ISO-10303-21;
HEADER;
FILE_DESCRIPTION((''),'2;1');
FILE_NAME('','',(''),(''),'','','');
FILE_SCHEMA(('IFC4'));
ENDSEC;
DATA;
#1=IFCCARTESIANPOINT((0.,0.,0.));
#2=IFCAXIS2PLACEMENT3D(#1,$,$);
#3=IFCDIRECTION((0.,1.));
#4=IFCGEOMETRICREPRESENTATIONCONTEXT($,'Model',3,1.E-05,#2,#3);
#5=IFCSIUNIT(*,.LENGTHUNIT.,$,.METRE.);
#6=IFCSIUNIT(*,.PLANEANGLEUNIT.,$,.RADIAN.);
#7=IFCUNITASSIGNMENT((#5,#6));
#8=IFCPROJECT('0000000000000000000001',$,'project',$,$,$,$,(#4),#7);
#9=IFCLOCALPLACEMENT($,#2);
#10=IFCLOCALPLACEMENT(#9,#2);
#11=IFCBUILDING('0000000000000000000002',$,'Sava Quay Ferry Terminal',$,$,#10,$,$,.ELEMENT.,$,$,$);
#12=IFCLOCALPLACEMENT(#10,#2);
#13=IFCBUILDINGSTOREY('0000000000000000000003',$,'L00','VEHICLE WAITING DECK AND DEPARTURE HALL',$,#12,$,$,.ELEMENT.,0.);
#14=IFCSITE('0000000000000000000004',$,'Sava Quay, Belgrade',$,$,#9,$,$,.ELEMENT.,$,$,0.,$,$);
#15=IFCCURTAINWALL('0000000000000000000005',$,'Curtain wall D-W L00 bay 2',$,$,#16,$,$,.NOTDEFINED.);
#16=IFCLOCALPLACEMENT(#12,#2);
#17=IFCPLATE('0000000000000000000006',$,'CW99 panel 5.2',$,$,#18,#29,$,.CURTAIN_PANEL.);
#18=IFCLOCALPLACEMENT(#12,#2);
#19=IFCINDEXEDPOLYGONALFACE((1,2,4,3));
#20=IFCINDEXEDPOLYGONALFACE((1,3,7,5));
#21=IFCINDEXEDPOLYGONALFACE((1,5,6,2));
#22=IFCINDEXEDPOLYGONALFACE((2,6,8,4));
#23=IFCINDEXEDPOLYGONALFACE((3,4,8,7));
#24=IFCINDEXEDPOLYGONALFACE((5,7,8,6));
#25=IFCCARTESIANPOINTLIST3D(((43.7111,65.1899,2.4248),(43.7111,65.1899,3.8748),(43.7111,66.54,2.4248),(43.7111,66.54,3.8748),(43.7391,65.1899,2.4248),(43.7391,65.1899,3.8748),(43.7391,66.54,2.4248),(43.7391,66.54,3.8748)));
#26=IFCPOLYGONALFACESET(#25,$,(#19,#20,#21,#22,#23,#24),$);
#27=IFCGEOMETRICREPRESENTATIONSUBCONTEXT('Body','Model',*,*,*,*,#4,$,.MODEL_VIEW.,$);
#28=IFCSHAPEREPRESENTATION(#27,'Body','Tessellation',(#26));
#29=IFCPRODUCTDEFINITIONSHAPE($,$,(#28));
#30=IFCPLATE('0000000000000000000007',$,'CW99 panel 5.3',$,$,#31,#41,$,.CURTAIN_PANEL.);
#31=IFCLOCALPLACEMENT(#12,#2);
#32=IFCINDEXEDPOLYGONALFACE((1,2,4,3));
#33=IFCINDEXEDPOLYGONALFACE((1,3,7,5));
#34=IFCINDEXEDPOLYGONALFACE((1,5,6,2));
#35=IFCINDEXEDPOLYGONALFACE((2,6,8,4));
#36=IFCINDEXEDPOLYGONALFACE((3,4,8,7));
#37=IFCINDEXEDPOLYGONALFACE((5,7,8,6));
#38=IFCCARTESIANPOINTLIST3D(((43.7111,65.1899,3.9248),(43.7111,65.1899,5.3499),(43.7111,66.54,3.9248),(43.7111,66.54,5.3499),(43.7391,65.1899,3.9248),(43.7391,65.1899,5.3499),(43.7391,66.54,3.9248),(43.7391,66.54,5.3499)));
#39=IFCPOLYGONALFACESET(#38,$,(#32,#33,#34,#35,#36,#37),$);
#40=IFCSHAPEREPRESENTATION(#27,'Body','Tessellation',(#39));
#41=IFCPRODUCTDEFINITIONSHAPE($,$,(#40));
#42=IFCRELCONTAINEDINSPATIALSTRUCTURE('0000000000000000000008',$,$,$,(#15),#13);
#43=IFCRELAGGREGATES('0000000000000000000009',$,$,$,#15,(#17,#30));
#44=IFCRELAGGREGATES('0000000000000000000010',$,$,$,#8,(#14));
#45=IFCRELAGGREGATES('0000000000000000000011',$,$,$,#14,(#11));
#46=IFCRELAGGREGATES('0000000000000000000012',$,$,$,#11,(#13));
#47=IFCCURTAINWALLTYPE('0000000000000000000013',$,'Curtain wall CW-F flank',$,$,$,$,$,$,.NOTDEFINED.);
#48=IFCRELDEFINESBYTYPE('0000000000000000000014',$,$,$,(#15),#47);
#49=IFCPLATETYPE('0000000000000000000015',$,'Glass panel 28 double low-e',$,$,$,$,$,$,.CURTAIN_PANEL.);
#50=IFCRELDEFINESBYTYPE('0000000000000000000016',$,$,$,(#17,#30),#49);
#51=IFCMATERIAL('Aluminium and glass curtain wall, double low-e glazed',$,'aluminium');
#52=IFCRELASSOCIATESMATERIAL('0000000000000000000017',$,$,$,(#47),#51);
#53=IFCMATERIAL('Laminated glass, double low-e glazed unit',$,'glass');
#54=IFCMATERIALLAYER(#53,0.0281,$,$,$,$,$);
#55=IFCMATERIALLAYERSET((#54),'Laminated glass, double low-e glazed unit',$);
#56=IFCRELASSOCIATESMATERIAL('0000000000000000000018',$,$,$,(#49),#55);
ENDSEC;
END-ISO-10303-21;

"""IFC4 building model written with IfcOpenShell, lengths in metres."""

from ifc_helpers import new_model, si_unit, direction, frame, origin, origin_2d, place, context, subcontext, project, spatial, rectangle, extrude, material, layer, layer_set, type_object, element, aggregate, save


model = new_model("IFC4")

# Units and contexts
model_context = context("Model", 3, precision=1e-05, world=origin(), true_north=direction((0.0, 1.0)))
body_context = subcontext(model_context, "Body", "Model", "MODEL_VIEW")
ifc_project = project(units=[si_unit("LENGTHUNIT", "METRE"), si_unit("PLANEANGLEUNIT", "RADIAN")], contexts=[model_context])

# Site, building, storey
site_placement = place(None, origin())
site = spatial("IfcSite", under=ifc_project, at=site_placement, Name="Sava Quay, Belgrade", CompositionType="ELEMENT", RefElevation=0.0)
building_placement = place(site_placement, origin())
building = spatial("IfcBuilding", under=site, at=building_placement, Name="Sava Quay Ferry Terminal", CompositionType="ELEMENT")
storey_placement = place(building_placement, origin())
storey = spatial("IfcBuildingStorey", under=building, at=storey_placement, Name="L00", Description="VEHICLE WAITING DECK AND DEPARTURE HALL", CompositionType="ELEMENT", Elevation=0.0)

# Curtain wall, plates
ifc_material_1 = material(Name="Aluminium and glass curtain wall, double low-e glazed", Category="aluminium")
curtain_wall_type = type_object("IfcCurtainWallType", Name="Curtain wall CW-F flank", PredefinedType="NOTDEFINED", material=ifc_material_1)
curtain_wall_placement = place(storey_placement, origin())
curtain_wall = element("IfcCurtainWall", 1, at=curtain_wall_placement, inside=storey, type_object=curtain_wall_type, Name="Curtain wall D-W L00 bay 2", PredefinedType="NOTDEFINED")
ifc_material_2 = material(Name="Laminated glass, double low-e glazed unit", Category="glass")
ifc_layer = layer(ifc_material_2, 0.0281)
ifc_layer_set = layer_set([ifc_layer], Name="Laminated glass, double low-e glazed unit")
plate_type = type_object("IfcPlateType", Name="Glass panel 28 double low-e", PredefinedType="CURTAIN_PANEL", material=ifc_layer_set)
plate_1_placement = place(storey_placement, frame((43.7251, 65.865, 2.4248), z_axis=(0.0, 0.0, 1.0), x_axis=(0.0, 1.0, 0.0)))
plate_1 = element("IfcPlate", 2, at=plate_1_placement, type_object=plate_type, Name="CW99 panel 5.2", PredefinedType="CURTAIN_PANEL", context=body_context, shape_type="SweptSolid", body=[
    extrude(rectangle(XDim=1.3501, YDim=0.0281, at=origin_2d()), origin(), (0.0, 0.0, 1.0), 1.45),
])
plate_2_placement = place(storey_placement, frame((43.7251, 65.865, 3.9248), z_axis=(0.0, 0.0, 1.0), x_axis=(0.0, 1.0, 0.0)))
plate_2 = element("IfcPlate", 3, at=plate_2_placement, type_object=plate_type, Name="CW99 panel 5.3", PredefinedType="CURTAIN_PANEL", context=body_context, shape_type="SweptSolid", body=[
    extrude(rectangle(XDim=1.3501, YDim=0.0281, at=origin_2d()), origin(), (0.0, 0.0, 1.0), 1.425),
])
aggregate(curtain_wall, [plate_1, plate_2])

save(model, "model.ifc")
